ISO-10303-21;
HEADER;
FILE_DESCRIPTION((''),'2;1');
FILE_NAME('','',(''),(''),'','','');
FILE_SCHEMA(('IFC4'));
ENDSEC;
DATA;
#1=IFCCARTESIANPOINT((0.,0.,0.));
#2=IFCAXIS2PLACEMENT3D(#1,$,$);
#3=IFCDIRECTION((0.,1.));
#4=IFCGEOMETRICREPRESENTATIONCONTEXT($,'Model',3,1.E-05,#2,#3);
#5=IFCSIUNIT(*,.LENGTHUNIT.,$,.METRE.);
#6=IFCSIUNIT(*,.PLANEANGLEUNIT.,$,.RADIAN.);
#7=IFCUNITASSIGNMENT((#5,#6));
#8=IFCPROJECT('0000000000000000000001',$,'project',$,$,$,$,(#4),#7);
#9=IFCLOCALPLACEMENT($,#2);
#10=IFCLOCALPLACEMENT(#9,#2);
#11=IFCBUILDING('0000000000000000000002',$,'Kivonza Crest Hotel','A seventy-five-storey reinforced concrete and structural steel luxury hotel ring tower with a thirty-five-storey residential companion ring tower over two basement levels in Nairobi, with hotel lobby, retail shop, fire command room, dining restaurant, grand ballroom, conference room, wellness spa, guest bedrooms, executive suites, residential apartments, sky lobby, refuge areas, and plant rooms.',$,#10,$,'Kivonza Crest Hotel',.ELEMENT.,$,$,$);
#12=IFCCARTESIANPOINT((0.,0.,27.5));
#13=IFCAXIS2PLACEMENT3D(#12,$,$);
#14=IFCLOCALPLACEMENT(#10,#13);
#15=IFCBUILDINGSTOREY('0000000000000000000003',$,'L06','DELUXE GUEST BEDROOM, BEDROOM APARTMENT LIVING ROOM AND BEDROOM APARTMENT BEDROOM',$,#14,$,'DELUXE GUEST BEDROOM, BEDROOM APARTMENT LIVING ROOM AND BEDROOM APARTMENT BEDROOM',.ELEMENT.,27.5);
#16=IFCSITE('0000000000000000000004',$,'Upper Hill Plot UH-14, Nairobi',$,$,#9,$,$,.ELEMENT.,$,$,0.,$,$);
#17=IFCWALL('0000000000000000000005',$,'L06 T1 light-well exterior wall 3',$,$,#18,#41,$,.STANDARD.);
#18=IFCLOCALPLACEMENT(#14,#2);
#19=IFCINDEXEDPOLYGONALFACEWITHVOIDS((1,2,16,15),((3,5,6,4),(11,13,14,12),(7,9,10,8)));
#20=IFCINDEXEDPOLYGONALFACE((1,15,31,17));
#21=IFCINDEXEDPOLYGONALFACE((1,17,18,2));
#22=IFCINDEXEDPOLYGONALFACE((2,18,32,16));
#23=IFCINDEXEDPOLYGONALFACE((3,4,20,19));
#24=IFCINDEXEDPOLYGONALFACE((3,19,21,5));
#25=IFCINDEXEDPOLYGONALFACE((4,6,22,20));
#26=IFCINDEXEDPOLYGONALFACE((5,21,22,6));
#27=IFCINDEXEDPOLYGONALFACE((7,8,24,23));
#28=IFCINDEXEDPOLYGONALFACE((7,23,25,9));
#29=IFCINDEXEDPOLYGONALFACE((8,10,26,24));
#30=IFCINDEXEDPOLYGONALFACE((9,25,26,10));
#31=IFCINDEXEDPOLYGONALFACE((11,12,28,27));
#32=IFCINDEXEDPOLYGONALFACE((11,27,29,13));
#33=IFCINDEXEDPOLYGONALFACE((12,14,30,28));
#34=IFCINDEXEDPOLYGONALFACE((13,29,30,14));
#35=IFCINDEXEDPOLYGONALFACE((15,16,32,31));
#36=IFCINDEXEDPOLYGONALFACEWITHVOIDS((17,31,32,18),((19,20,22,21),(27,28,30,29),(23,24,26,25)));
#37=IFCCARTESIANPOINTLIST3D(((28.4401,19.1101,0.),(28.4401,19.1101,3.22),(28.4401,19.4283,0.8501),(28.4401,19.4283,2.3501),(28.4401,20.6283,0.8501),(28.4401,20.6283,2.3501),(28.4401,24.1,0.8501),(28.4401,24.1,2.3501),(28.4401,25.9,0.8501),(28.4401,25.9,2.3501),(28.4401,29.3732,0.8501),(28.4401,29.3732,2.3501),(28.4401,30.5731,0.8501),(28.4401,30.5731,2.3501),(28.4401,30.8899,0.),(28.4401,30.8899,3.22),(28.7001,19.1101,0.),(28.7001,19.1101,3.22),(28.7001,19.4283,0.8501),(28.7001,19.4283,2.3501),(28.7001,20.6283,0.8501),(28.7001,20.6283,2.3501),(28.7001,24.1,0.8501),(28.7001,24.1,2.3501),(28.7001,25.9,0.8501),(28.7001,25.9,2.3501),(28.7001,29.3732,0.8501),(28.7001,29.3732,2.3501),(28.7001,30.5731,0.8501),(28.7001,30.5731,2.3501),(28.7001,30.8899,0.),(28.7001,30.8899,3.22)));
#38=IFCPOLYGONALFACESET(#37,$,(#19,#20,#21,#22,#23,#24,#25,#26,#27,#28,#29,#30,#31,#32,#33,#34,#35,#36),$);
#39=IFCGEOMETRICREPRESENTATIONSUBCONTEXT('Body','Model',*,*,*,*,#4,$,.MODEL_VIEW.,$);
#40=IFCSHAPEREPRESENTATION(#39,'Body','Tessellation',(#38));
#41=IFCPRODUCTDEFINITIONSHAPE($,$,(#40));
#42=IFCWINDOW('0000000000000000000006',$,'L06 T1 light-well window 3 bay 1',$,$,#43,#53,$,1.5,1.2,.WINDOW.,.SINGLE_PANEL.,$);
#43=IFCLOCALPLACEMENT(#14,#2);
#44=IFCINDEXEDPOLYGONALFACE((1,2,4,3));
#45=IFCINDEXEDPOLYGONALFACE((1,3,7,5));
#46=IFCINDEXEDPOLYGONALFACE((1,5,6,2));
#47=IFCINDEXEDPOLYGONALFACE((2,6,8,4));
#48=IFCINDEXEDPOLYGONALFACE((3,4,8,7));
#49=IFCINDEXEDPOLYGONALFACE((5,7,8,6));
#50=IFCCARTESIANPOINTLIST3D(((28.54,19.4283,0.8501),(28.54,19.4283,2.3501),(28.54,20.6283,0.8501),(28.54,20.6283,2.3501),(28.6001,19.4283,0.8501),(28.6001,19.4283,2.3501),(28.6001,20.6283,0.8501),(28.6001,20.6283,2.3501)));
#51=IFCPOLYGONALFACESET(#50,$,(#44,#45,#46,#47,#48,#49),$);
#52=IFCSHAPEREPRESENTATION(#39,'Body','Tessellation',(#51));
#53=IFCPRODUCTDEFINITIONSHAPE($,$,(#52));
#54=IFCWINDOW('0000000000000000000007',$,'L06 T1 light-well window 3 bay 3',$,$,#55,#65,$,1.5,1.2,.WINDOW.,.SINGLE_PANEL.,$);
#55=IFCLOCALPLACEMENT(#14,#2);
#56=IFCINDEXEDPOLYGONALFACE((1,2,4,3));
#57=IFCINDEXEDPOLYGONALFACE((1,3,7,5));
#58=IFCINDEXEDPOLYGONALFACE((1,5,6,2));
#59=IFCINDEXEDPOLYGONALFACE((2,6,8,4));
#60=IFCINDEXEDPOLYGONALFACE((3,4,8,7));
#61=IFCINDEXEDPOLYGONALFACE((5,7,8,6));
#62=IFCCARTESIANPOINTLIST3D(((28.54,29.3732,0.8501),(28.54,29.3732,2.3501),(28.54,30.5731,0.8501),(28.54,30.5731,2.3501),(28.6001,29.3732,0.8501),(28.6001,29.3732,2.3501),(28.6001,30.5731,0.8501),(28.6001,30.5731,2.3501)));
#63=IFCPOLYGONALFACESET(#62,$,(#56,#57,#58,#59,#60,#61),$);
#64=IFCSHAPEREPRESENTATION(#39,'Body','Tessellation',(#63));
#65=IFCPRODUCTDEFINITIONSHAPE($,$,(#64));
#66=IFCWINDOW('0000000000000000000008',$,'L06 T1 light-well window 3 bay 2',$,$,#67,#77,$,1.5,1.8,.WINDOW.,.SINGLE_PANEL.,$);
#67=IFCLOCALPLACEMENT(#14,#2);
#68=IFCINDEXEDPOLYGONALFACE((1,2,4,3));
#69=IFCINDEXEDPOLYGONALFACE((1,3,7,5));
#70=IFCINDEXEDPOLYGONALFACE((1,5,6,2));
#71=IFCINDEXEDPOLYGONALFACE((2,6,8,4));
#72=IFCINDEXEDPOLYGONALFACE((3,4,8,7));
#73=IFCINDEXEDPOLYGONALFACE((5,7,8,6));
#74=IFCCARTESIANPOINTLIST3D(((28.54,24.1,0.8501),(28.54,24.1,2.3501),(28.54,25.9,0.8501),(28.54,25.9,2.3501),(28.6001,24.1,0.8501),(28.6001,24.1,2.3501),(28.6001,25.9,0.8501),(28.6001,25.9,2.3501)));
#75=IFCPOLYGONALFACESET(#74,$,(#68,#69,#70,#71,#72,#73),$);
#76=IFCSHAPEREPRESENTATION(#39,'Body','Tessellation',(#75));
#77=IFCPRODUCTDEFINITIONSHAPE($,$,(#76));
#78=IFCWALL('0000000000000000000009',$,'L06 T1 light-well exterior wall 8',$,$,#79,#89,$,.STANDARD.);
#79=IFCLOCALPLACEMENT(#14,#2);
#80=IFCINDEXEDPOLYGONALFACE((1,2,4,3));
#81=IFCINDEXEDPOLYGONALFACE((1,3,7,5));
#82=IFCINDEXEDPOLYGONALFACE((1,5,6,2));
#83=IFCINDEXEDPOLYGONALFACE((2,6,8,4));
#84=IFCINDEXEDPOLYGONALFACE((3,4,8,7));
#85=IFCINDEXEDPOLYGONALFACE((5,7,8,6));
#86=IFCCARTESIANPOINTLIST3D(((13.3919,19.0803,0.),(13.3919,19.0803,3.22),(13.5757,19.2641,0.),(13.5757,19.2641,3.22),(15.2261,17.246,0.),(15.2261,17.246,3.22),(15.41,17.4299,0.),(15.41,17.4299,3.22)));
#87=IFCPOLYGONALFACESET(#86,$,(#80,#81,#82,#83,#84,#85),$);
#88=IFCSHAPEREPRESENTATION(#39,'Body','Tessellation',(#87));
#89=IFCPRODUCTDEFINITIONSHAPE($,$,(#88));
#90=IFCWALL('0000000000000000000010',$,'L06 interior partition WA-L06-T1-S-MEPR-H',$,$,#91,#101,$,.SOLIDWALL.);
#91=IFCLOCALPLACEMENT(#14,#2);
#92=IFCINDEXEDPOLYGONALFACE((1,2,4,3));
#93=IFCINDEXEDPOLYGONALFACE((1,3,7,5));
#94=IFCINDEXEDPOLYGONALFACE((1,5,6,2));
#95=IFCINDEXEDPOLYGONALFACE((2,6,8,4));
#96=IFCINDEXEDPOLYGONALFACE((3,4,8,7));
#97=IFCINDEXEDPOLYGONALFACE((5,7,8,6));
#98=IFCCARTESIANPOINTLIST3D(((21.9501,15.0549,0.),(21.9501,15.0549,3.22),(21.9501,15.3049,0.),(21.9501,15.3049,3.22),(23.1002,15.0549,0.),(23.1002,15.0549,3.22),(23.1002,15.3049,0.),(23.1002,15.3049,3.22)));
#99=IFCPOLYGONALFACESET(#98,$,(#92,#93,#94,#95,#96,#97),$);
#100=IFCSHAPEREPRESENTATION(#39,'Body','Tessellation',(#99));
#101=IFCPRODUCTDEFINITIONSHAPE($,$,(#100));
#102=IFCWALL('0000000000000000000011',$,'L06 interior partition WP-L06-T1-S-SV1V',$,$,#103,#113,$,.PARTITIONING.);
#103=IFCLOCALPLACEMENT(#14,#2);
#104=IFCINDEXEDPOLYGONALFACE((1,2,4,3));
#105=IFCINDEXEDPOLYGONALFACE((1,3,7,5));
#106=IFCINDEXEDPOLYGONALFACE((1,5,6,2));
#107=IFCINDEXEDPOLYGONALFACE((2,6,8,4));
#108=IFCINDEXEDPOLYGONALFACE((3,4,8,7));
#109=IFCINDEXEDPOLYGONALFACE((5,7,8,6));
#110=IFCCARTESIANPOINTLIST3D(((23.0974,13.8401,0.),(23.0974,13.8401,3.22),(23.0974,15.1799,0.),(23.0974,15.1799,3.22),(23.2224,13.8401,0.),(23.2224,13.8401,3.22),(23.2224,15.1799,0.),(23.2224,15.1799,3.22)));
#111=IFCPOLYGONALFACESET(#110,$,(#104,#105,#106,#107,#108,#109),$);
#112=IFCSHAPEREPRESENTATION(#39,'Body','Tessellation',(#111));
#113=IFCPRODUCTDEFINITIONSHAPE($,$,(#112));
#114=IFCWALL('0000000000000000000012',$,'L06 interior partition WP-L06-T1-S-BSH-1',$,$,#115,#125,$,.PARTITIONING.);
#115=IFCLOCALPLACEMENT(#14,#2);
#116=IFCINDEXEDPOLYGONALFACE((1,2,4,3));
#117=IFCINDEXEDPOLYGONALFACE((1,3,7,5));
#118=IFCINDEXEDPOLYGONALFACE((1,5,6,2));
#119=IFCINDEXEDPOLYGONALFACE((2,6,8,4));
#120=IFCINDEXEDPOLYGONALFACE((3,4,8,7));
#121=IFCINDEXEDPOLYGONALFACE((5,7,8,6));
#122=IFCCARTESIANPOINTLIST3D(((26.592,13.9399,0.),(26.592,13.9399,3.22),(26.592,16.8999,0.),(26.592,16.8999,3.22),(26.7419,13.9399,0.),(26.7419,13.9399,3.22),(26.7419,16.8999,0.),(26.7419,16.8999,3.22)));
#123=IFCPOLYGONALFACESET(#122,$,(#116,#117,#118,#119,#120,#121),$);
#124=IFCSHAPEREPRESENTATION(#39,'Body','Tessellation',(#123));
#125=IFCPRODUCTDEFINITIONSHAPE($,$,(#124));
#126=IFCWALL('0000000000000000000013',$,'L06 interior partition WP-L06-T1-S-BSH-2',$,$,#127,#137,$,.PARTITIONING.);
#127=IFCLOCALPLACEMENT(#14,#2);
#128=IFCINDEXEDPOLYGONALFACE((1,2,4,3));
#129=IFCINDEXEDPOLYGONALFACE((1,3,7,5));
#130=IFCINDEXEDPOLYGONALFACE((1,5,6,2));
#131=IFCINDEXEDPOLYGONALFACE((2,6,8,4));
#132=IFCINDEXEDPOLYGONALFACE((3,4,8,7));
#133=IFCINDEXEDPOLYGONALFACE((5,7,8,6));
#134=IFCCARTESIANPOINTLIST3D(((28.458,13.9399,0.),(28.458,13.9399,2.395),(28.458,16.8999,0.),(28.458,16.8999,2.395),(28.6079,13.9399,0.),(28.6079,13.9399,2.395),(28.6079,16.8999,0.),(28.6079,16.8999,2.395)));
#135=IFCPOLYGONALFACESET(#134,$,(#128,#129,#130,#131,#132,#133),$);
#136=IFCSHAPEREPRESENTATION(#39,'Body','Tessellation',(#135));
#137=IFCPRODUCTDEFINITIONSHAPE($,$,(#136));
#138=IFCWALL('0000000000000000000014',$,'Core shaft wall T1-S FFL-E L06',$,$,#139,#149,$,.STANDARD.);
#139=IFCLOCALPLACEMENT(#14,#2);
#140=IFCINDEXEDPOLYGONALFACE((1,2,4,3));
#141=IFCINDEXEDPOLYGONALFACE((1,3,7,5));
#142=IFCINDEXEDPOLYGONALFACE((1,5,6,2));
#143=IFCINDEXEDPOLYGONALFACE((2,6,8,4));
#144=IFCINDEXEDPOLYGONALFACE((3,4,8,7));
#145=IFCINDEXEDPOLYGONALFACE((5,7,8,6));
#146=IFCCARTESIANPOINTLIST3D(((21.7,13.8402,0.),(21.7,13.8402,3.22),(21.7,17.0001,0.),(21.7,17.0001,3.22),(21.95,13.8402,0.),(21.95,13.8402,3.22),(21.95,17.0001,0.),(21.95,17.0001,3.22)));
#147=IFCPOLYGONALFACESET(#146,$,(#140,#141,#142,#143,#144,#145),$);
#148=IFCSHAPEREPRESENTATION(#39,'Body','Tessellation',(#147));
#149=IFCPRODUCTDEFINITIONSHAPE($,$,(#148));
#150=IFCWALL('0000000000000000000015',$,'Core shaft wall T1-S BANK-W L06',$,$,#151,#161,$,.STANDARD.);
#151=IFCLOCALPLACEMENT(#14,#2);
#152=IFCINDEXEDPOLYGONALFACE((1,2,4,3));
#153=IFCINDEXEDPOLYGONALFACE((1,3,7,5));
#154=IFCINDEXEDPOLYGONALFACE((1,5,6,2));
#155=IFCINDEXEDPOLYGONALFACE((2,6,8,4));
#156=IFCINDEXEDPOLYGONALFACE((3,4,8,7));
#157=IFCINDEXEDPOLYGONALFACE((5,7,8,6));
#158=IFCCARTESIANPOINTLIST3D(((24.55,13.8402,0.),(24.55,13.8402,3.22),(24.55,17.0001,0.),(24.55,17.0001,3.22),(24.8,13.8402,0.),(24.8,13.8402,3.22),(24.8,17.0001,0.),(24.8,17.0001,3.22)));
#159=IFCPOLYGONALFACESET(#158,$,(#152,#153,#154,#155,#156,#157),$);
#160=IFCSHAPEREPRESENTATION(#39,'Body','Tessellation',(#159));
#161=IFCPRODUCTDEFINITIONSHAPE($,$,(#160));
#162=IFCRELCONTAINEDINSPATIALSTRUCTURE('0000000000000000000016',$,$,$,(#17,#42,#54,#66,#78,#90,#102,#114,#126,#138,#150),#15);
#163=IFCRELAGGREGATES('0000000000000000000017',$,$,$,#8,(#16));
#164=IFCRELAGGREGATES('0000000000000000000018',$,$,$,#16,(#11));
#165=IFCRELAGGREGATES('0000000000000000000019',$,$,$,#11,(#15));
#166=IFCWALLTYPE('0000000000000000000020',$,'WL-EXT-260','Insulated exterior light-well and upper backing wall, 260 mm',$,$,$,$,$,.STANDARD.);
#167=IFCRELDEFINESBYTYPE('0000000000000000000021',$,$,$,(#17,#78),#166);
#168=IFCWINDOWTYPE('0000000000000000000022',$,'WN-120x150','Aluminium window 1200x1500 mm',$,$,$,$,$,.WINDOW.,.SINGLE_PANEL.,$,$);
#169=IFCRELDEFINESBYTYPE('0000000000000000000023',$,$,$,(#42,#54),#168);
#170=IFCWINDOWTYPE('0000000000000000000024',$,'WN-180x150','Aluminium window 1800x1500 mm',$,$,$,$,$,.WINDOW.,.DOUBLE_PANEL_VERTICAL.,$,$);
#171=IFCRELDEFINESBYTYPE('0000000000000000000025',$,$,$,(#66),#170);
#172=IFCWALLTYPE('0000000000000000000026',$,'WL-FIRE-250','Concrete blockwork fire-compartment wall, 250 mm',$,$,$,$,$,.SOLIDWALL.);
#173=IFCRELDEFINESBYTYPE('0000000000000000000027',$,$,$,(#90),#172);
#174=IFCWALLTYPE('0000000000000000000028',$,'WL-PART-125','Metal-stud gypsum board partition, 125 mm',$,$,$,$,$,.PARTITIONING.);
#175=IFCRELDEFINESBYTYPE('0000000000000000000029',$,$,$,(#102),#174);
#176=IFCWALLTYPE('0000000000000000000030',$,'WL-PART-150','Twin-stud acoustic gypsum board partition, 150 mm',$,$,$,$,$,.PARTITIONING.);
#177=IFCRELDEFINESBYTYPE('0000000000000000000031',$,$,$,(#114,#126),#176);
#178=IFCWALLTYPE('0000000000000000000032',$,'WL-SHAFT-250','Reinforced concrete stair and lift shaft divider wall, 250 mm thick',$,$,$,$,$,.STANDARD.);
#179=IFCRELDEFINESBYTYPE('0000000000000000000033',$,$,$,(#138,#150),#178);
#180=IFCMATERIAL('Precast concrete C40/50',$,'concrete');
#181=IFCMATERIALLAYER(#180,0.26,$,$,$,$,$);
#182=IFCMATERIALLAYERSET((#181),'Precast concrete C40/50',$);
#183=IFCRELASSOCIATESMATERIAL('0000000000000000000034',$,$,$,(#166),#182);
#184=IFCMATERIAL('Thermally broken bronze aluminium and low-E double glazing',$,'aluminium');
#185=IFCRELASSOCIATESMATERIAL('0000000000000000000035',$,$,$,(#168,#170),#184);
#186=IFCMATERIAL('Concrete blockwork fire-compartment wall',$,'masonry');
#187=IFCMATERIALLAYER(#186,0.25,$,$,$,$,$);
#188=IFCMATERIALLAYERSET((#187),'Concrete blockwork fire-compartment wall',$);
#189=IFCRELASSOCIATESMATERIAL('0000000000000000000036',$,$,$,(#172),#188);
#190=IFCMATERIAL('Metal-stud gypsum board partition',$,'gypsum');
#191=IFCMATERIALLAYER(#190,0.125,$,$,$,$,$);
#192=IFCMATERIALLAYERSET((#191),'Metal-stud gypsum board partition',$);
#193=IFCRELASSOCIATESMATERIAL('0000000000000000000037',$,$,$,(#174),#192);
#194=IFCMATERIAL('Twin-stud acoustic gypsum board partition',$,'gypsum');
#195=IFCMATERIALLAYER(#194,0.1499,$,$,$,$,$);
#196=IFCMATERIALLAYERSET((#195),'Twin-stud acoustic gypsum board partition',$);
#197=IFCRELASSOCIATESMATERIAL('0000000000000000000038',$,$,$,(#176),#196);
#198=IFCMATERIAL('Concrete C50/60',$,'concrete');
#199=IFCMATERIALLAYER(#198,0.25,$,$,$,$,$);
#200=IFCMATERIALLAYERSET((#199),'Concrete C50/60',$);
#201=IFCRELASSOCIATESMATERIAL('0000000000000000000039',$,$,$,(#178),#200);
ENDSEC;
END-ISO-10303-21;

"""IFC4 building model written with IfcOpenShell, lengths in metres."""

from ifc_helpers import new_model, si_unit, direction, frame, frame_2d, origin, place, context, subcontext, project, spatial, rectangle, extrude, material, layer, layer_set, type_object, element, fill, save


model = new_model("IFC4")

# Units and contexts
model_context = context("Model", 3, precision=1e-05, world=origin(), true_north=direction((0.0, 1.0)))
body_context = subcontext(model_context, "Body", "Model", "MODEL_VIEW")
ifc_project = project(units=[si_unit("LENGTHUNIT", "METRE"), si_unit("PLANEANGLEUNIT", "RADIAN")], contexts=[model_context])

# Site, building, storey
site_placement = place(None, origin())
site = spatial("IfcSite", under=ifc_project, at=site_placement, Name="Upper Hill Plot UH-14, Nairobi", CompositionType="ELEMENT", RefElevation=0.0)
building_placement = place(site_placement, origin())
building = spatial("IfcBuilding", under=site, at=building_placement, Name="Kivonza Crest Hotel", Description="A seventy-five-storey reinforced concrete and structural steel luxury hotel ring tower with a thirty-five-storey residential companion ring tower over two basement levels in Nairobi, with hotel lobby, retail shop, fire command room, dining restaurant, grand ballroom, conference room, wellness spa, guest bedrooms, executive suites, residential apartments, sky lobby, refuge areas, and plant rooms.", LongName="Kivonza Crest Hotel", CompositionType="ELEMENT")
storey_placement = place(building_placement, frame((0.0, 0.0, 27.5)))
storey = spatial("IfcBuildingStorey", under=building, at=storey_placement, Name="L06", Description="DELUXE GUEST BEDROOM, BEDROOM APARTMENT LIVING ROOM AND BEDROOM APARTMENT BEDROOM", LongName="DELUXE GUEST BEDROOM, BEDROOM APARTMENT LIVING ROOM AND BEDROOM APARTMENT BEDROOM", CompositionType="ELEMENT", Elevation=27.5)

# Shared definitions
ifc_material_1 = material(Name="Precast concrete C40/50", Category="concrete")
ifc_layer_1 = layer(ifc_material_1, 0.26)
ifc_layer_set_1 = layer_set([ifc_layer_1], Name="Precast concrete C40/50")
wall_type_1 = type_object("IfcWallType", Name="WL-EXT-260", Description="Insulated exterior light-well and upper backing wall, 260 mm", PredefinedType="STANDARD", material=ifc_layer_set_1)

# Wall, openings, windows
wall_1_placement = place(storey_placement, frame((28.5701, 19.1101, 0.0), z_axis=(0.0, 0.0, 1.0), x_axis=(0.0, 1.0, 0.0)))
wall_1 = element("IfcWall", 1, at=wall_1_placement, inside=storey, type_object=wall_type_1, Name="L06 T1 light-well exterior wall 3", PredefinedType="STANDARD", context=body_context, shape_type="SweptSolid", body=[
    extrude(rectangle(XDim=11.7798, YDim=0.26, at=frame_2d((5.8899, 0.0))), origin(), (0.0, 0.0, 1.0), 3.22),
])
opening_1_placement = place(wall_1_placement, frame((0.3181, 0.0, 0.8501)))
opening_1 = element("IfcOpeningElement", 2, at=opening_1_placement, cuts=wall_1, PredefinedType="OPENING", context=body_context, shape_type="SweptSolid", body=[
    extrude(rectangle(XDim=1.2, YDim=1.5, at=frame_2d((0.6001, 0.75))), frame((0.0, 0.1401, 0.0), z_axis=(0.0, -1.0, 0.0), x_axis=(1.0, 0.0, 0.0)), (0.0, 0.0, 1.0), 0.28),
])
opening_2_placement = place(wall_1_placement, frame((4.99, 0.0, 0.8501)))
opening_2 = element("IfcOpeningElement", 3, at=opening_2_placement, cuts=wall_1, PredefinedType="OPENING", context=body_context, shape_type="SweptSolid", body=[
    extrude(rectangle(XDim=1.8, YDim=1.5, at=frame_2d((0.8999, 0.75))), frame((0.0, 0.1401, 0.0), z_axis=(0.0, -1.0, 0.0), x_axis=(1.0, 0.0, 0.0)), (0.0, 0.0, 1.0), 0.28),
])
opening_3_placement = place(wall_1_placement, frame((10.2629, 0.0, 0.8501)))
opening_3 = element("IfcOpeningElement", 4, at=opening_3_placement, cuts=wall_1, PredefinedType="OPENING", context=body_context, shape_type="SweptSolid", body=[
    extrude(rectangle(XDim=1.2, YDim=1.5, at=frame_2d((0.6001, 0.75))), frame((0.0, 0.1401, 0.0), z_axis=(0.0, -1.0, 0.0), x_axis=(1.0, 0.0, 0.0)), (0.0, 0.0, 1.0), 0.28),
])
ifc_material_2 = material(Name="Thermally broken bronze aluminium and low-E double glazing", Category="aluminium")
window_type_1 = type_object("IfcWindowType", Name="WN-120x150", Description="Aluminium window 1200x1500 mm", PartitioningType="SINGLE_PANEL", PredefinedType="WINDOW", material=ifc_material_2)
window_1_placement = place(opening_1_placement, origin())
window_1 = element("IfcWindow", 5, at=window_1_placement, inside=storey, type_object=window_type_1, Name="L06 T1 light-well window 3 bay 1", OverallHeight=1.5, OverallWidth=1.2, PartitioningType="SINGLE_PANEL", PredefinedType="WINDOW", context=body_context, shape_type="SweptSolid", body=[
    extrude(rectangle(XDim=1.2, YDim=1.5, at=frame_2d((0.6001, 0.75))), frame((0.0, 0.03, 0.0), z_axis=(0.0, -1.0, 0.0), x_axis=(1.0, 0.0, 0.0)), (0.0, 0.0, 1.0), 0.0601),
])
fill(opening_1, window_1)
window_2_placement = place(opening_3_placement, origin())
window_2 = element("IfcWindow", 6, at=window_2_placement, inside=storey, type_object=window_type_1, Name="L06 T1 light-well window 3 bay 3", OverallHeight=1.5, OverallWidth=1.2, PartitioningType="SINGLE_PANEL", PredefinedType="WINDOW", context=body_context, shape_type="SweptSolid", body=[
    extrude(rectangle(XDim=1.2, YDim=1.5, at=frame_2d((0.6001, 0.75))), frame((0.0, 0.03, 0.0), z_axis=(0.0, -1.0, 0.0), x_axis=(1.0, 0.0, 0.0)), (0.0, 0.0, 1.0), 0.0601),
])
fill(opening_3, window_2)
window_type_2 = type_object("IfcWindowType", Name="WN-180x150", Description="Aluminium window 1800x1500 mm", PartitioningType="DOUBLE_PANEL_VERTICAL", PredefinedType="WINDOW", material=ifc_material_2)
window_3_placement = place(opening_2_placement, origin())
window_3 = element("IfcWindow", 7, at=window_3_placement, inside=storey, type_object=window_type_2, Name="L06 T1 light-well window 3 bay 2", OverallHeight=1.5, OverallWidth=1.8, PartitioningType="SINGLE_PANEL", PredefinedType="WINDOW", context=body_context, shape_type="SweptSolid", body=[
    extrude(rectangle(XDim=1.8, YDim=1.5, at=frame_2d((0.8999, 0.75))), frame((0.0, 0.03, 0.0), z_axis=(0.0, -1.0, 0.0), x_axis=(1.0, 0.0, 0.0)), (0.0, 0.0, 1.0), 0.0601),
])
fill(opening_2, window_3)

# Walls
wall_2_placement = place(storey_placement, frame((13.4839, 19.1721, 0.0), z_axis=(0.0, 0.0, 1.0), x_axis=(0.707107, -0.707107, 0.0)))
element("IfcWall", 8, at=wall_2_placement, inside=storey, type_object=wall_type_1, Name="L06 T1 light-well exterior wall 8", PredefinedType="STANDARD", context=body_context, shape_type="SweptSolid", body=[
    extrude(rectangle(XDim=2.594, YDim=0.26, at=frame_2d((1.2969, 0.0))), origin(), (0.0, 0.0, 1.0), 3.22),
])
ifc_material_3 = material(Name="Concrete blockwork fire-compartment wall", Category="masonry")
ifc_layer_2 = layer(ifc_material_3, 0.25)
ifc_layer_set_2 = layer_set([ifc_layer_2], Name="Concrete blockwork fire-compartment wall")
wall_type_2 = type_object("IfcWallType", Name="WL-FIRE-250", Description="Concrete blockwork fire-compartment wall, 250 mm", PredefinedType="SOLIDWALL", material=ifc_layer_set_2)
wall_3_placement = place(storey_placement, frame((21.95, 15.1799, 0.0), z_axis=(0.0, 0.0, 1.0), x_axis=(1.0, 0.0, 0.0)))
element("IfcWall", 9, at=wall_3_placement, inside=storey, type_object=wall_type_2, Name="L06 interior partition WA-L06-T1-S-MEPR-H", PredefinedType="SOLIDWALL", context=body_context, shape_type="SweptSolid", body=[
    extrude(rectangle(XDim=1.1501, YDim=0.25, at=frame_2d((0.5752, 0.0))), origin(), (0.0, 0.0, 1.0), 3.22),
])
ifc_material_4 = material(Name="Metal-stud gypsum board partition", Category="gypsum")
ifc_layer_3 = layer(ifc_material_4, 0.125)
ifc_layer_set_3 = layer_set([ifc_layer_3], Name="Metal-stud gypsum board partition")
wall_type_3 = type_object("IfcWallType", Name="WL-PART-125", Description="Metal-stud gypsum board partition, 125 mm", PredefinedType="PARTITIONING", material=ifc_layer_set_3)
wall_4_placement = place(storey_placement, frame((23.1599, 13.8401, 0.0), z_axis=(0.0, 0.0, 1.0), x_axis=(0.0, 1.0, 0.0)))
element("IfcWall", 10, at=wall_4_placement, inside=storey, type_object=wall_type_3, Name="L06 interior partition WP-L06-T1-S-SV1V", PredefinedType="PARTITIONING", context=body_context, shape_type="SweptSolid", body=[
    extrude(rectangle(XDim=1.3398, YDim=0.125, at=frame_2d((0.6699, 0.0))), origin(), (0.0, 0.0, 1.0), 3.22),
])
ifc_material_5 = material(Name="Twin-stud acoustic gypsum board partition", Category="gypsum")
ifc_layer_4 = layer(ifc_material_5, 0.1499)
ifc_layer_set_4 = layer_set([ifc_layer_4], Name="Twin-stud acoustic gypsum board partition")
wall_type_4 = type_object("IfcWallType", Name="WL-PART-150", Description="Twin-stud acoustic gypsum board partition, 150 mm", PredefinedType="PARTITIONING", material=ifc_layer_set_4)
wall_5_placement = place(storey_placement, frame((26.667, 13.9399, 0.0), z_axis=(0.0, 0.0, 1.0), x_axis=(0.0, 1.0, 0.0)))
element("IfcWall", 11, at=wall_5_placement, inside=storey, type_object=wall_type_4, Name="L06 interior partition WP-L06-T1-S-BSH-1", PredefinedType="PARTITIONING", context=body_context, shape_type="SweptSolid", body=[
    extrude(rectangle(XDim=2.96, YDim=0.1499, at=frame_2d((1.48, 0.0))), origin(), (0.0, 0.0, 1.0), 3.22),
])
wall_6_placement = place(storey_placement, frame((28.533, 13.9399, 0.0), z_axis=(0.0, 0.0, 1.0), x_axis=(0.0, 1.0, 0.0)))
element("IfcWall", 12, at=wall_6_placement, inside=storey, type_object=wall_type_4, Name="L06 interior partition WP-L06-T1-S-BSH-2", PredefinedType="PARTITIONING", context=body_context, shape_type="SweptSolid", body=[
    extrude(rectangle(XDim=2.96, YDim=0.1499, at=frame_2d((1.48, 0.0))), origin(), (0.0, 0.0, 1.0), 2.395),
])

# Shared definitions
ifc_material_6 = material(Name="Concrete C50/60", Category="concrete")
ifc_layer_5 = layer(ifc_material_6, 0.25)
ifc_layer_set_5 = layer_set([ifc_layer_5], Name="Concrete C50/60")
wall_type_5 = type_object("IfcWallType", Name="WL-SHAFT-250", Description="Reinforced concrete stair and lift shaft divider wall, 250 mm thick", PredefinedType="STANDARD", material=ifc_layer_set_5)

# Walls
for number, where, z_axis, x_axis, name in (
    (13, (21.825, 13.8401, 0.0), (0.0, 0.0, 1.0), (0.0, 1.0, 0.0), "Core shaft wall T1-S FFL-E L06"),
    (14, (24.675, 13.8401, 0.0), (0.0, 0.0, 1.0), (0.0, 1.0, 0.0), "Core shaft wall T1-S BANK-W L06"),
):
    element("IfcWall", number, at=place(storey_placement, frame(where, z_axis=z_axis, x_axis=x_axis)), inside=storey, type_object=wall_type_5, Name=name, PredefinedType="STANDARD", context=body_context, shape_type="SweptSolid", body=[
        extrude(rectangle(XDim=3.1599, YDim=0.25, at=frame_2d((1.5801, 0.0))), origin(), (0.0, 0.0, 1.0), 3.22),
    ])

save(model, "model.ifc")
